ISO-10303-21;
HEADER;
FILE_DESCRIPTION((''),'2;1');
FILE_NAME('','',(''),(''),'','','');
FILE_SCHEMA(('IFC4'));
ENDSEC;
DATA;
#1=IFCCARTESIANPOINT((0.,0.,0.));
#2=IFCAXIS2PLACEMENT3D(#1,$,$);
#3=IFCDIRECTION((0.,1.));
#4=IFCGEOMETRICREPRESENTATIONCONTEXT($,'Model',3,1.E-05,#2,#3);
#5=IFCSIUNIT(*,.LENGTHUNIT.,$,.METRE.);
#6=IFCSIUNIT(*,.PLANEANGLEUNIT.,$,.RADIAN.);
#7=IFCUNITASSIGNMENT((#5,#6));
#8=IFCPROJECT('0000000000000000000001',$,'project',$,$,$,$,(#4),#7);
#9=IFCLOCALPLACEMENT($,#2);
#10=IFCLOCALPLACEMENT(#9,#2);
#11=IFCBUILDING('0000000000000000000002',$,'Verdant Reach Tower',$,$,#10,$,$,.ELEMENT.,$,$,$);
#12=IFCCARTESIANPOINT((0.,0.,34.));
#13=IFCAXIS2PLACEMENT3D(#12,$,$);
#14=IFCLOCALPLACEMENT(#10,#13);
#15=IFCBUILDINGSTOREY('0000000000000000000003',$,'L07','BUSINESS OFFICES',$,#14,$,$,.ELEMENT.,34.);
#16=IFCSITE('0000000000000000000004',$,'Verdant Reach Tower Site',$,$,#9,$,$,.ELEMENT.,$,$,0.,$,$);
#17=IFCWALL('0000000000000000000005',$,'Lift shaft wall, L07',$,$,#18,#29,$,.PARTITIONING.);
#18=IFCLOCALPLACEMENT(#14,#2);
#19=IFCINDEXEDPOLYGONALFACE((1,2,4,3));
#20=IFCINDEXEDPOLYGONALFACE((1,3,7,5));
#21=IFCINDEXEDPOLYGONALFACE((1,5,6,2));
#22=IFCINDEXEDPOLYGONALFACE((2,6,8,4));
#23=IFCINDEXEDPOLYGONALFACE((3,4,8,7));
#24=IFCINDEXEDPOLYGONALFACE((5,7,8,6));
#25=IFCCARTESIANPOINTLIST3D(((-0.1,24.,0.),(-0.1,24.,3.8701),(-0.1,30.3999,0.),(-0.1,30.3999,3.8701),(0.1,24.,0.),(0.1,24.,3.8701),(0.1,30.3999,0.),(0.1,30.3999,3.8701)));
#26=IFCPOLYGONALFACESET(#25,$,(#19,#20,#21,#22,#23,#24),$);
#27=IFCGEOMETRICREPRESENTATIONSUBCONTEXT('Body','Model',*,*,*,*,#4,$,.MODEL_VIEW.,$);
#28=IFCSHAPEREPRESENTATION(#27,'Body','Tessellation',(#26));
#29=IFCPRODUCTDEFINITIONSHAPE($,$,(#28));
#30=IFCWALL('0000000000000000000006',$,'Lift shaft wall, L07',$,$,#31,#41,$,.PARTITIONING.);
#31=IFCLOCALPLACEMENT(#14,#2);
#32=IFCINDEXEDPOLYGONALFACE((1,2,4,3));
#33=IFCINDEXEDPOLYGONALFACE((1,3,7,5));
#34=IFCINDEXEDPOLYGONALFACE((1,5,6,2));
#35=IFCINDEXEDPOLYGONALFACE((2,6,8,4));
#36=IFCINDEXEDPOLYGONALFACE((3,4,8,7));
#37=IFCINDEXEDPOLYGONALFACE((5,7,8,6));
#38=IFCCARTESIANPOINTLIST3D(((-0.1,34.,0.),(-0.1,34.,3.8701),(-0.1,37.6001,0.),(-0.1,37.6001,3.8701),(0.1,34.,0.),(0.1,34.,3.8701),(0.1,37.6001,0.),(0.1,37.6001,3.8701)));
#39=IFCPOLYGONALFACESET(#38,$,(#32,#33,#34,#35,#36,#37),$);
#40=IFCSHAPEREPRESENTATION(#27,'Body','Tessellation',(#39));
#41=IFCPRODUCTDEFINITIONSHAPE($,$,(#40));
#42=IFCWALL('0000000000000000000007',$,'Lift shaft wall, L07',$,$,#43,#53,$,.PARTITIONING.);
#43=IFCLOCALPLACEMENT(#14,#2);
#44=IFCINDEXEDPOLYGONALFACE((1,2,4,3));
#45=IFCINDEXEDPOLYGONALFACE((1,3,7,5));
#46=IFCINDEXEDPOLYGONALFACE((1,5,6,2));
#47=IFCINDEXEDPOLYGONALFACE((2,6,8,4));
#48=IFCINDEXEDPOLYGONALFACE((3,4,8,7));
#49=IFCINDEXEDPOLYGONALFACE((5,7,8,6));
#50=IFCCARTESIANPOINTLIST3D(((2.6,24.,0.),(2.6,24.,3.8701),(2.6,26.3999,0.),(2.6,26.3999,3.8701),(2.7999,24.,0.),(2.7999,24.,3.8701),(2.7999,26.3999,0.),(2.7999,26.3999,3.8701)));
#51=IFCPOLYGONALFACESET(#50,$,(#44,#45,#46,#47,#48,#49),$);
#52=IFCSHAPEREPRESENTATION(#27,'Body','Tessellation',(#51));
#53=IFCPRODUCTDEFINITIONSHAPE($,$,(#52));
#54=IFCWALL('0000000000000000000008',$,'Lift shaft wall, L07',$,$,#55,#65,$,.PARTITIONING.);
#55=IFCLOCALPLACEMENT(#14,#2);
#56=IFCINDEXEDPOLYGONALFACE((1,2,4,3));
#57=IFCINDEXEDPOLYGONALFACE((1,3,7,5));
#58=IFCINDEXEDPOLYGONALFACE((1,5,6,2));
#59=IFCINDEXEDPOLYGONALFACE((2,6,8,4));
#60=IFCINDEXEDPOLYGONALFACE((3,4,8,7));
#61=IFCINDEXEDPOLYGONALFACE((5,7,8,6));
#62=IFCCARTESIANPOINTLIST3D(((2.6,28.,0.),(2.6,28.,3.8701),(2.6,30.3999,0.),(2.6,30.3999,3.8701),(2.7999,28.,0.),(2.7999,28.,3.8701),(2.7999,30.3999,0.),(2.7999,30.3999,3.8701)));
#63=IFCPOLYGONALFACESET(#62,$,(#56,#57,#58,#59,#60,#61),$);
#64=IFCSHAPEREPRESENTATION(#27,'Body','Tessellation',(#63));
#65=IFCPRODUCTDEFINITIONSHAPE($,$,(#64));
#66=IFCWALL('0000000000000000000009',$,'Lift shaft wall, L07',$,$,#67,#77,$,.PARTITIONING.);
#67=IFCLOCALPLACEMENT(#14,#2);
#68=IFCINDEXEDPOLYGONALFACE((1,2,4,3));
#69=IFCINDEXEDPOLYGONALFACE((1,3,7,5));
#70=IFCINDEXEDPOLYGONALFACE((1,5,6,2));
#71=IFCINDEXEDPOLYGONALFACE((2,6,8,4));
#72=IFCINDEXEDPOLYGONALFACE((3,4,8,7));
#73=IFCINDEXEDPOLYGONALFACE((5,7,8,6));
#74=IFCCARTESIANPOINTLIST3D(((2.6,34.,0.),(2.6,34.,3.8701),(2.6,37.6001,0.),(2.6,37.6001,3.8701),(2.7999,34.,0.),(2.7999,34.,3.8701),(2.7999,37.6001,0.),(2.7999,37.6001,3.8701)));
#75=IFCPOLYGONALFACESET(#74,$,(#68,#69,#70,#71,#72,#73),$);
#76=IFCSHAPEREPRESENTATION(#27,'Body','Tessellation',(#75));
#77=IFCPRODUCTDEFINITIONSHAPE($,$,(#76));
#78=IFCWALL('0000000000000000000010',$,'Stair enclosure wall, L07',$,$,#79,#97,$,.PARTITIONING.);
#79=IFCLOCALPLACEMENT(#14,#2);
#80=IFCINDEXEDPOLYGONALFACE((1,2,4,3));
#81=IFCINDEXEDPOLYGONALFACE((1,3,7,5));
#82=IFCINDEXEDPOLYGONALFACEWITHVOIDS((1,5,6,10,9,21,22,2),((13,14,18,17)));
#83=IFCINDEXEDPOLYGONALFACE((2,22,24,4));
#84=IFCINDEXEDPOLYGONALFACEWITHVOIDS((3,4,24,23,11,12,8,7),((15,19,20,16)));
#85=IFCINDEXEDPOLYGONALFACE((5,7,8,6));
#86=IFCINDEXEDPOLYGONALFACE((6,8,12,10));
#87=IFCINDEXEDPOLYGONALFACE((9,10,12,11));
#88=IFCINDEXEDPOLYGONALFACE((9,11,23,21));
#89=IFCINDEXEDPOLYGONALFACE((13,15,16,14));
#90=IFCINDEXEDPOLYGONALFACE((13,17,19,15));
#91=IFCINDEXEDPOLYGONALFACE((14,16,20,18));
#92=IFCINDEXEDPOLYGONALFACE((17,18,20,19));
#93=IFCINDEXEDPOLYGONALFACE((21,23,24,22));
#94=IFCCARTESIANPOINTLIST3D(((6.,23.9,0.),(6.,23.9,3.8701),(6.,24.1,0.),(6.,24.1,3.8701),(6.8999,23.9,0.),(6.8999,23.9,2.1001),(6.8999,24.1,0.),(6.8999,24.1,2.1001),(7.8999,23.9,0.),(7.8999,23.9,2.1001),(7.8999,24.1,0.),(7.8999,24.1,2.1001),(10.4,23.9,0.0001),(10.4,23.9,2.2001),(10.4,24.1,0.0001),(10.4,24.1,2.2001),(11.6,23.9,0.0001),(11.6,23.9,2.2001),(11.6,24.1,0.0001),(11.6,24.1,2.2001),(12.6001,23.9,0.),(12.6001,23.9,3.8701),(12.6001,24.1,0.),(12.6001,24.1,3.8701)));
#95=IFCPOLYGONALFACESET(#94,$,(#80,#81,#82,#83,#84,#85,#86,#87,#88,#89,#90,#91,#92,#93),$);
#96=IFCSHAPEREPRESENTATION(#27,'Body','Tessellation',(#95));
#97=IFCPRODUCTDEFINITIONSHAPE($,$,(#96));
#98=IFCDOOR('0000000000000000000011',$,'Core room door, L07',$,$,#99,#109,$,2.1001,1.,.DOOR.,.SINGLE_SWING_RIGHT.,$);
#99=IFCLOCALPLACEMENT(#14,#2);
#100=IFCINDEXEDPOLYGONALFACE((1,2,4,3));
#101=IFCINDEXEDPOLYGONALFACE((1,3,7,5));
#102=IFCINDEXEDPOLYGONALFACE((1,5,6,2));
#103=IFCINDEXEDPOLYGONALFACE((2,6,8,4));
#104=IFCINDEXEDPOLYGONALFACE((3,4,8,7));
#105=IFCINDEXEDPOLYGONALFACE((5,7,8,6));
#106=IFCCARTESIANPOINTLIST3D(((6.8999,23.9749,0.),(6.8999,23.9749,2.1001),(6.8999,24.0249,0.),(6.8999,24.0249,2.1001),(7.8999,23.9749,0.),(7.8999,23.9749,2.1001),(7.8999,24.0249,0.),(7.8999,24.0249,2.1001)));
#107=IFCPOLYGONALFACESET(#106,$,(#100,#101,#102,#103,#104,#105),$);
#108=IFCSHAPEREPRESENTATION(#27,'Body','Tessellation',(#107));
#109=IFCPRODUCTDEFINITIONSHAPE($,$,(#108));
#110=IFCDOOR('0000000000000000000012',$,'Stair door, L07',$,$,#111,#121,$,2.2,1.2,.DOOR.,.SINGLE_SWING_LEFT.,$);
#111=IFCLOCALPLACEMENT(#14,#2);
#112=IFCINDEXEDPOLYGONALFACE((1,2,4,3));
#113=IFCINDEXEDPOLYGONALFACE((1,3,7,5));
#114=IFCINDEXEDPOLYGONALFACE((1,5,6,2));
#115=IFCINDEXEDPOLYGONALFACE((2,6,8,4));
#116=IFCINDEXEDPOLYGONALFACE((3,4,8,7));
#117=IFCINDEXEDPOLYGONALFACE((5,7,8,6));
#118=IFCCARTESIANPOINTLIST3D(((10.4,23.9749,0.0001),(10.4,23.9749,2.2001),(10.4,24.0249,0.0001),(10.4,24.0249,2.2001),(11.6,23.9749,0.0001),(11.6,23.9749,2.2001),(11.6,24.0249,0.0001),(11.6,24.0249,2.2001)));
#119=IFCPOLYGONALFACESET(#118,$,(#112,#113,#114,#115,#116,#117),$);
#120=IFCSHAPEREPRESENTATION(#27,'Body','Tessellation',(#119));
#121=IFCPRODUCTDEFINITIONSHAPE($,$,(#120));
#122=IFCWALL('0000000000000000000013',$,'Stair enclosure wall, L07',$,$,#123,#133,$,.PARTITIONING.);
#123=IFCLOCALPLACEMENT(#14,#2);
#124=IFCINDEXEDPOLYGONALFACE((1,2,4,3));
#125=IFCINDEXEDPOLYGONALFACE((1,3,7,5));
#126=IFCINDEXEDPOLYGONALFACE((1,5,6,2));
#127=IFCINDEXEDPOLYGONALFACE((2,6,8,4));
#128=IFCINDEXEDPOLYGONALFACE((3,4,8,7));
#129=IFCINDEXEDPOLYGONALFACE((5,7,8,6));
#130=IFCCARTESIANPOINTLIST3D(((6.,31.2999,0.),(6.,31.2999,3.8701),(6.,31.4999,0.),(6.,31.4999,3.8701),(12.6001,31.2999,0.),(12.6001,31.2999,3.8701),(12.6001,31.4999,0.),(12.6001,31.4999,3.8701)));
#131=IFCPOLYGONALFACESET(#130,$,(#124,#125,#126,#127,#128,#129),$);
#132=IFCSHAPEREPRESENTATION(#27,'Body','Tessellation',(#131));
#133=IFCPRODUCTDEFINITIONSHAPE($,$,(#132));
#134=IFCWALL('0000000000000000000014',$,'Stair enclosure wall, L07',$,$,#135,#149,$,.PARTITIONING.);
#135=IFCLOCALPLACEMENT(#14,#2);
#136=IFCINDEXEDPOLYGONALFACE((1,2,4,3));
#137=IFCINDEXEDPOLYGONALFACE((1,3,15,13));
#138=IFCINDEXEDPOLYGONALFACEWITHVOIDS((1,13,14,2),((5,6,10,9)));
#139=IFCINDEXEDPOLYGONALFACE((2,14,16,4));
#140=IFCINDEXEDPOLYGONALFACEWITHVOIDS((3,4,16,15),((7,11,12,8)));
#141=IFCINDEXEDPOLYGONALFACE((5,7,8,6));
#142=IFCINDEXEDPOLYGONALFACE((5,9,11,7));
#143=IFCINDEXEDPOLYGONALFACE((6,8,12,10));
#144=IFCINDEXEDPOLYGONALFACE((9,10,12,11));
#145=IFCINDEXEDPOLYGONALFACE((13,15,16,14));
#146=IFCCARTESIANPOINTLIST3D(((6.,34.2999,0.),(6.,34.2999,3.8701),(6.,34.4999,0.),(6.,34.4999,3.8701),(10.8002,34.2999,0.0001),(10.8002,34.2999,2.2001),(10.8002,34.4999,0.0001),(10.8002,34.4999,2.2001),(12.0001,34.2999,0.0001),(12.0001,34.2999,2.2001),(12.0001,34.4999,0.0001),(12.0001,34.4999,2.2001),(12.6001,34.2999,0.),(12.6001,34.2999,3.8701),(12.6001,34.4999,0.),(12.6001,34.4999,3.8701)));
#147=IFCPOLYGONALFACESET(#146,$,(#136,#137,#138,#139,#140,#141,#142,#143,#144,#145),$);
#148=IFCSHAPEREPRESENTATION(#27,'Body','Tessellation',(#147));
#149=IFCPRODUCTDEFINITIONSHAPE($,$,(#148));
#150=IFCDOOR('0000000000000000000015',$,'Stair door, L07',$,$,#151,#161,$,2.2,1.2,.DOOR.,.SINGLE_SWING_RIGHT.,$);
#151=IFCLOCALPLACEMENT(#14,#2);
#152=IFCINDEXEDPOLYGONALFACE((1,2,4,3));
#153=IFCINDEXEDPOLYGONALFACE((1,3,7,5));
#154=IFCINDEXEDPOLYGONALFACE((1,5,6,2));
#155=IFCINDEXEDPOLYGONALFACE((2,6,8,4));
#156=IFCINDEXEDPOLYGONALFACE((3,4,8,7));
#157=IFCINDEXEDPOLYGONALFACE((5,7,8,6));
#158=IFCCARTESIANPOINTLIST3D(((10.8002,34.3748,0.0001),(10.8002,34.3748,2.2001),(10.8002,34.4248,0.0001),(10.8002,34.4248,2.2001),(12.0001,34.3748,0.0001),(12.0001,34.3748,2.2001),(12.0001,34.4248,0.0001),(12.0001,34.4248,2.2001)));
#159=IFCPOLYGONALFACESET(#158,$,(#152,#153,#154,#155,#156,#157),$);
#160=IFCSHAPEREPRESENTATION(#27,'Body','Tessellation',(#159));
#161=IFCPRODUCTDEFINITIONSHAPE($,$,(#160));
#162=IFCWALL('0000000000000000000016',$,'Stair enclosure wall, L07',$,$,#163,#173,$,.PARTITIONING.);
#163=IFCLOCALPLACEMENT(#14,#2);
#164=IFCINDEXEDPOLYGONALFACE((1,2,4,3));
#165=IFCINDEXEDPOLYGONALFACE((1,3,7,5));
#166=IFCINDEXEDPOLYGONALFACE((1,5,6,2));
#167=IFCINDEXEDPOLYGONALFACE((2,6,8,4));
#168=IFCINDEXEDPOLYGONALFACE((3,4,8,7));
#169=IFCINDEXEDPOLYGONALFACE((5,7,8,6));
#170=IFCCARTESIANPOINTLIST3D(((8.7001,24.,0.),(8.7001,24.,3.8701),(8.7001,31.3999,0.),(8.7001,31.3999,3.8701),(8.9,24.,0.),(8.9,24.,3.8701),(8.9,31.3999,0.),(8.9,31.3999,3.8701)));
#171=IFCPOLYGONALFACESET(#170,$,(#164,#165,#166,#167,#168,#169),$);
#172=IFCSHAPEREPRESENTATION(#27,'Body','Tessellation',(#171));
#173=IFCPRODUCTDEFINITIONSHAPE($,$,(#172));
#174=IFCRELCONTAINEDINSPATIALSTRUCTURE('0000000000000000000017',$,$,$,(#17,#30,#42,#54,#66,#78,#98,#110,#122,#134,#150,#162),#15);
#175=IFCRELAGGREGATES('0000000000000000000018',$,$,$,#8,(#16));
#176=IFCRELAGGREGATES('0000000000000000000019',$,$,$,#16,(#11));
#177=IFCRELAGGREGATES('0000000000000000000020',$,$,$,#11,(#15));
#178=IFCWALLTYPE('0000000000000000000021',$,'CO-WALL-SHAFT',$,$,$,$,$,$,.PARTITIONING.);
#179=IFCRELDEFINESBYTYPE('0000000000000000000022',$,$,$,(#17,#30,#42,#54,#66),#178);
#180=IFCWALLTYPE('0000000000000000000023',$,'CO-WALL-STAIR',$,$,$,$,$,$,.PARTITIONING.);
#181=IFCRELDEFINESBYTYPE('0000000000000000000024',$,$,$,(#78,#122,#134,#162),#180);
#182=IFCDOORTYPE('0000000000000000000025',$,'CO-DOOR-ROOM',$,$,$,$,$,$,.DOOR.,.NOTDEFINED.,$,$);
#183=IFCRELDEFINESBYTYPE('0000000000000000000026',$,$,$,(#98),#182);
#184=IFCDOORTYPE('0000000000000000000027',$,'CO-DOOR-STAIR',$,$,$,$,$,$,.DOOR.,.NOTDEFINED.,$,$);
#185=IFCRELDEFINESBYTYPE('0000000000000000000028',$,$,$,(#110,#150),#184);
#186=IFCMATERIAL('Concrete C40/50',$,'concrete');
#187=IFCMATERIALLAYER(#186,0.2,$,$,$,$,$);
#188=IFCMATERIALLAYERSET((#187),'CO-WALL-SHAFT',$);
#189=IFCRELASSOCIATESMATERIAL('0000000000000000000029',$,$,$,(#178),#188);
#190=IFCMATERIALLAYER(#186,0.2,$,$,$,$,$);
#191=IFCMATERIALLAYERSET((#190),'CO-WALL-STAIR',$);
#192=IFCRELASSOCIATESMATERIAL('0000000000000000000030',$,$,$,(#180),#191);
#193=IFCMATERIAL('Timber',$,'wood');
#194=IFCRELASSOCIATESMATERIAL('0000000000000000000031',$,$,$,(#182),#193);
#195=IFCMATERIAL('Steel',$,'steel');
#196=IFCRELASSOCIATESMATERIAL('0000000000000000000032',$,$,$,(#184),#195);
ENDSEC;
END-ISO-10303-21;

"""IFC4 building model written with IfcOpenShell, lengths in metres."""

from ifc_helpers import new_model, si_unit, direction, frame, frame_2d, origin, place, context, subcontext, project, spatial, rectangle, extrude, material, layer, layer_set, type_object, element, fill, save


model = new_model("IFC4")

# Units and contexts
model_context = context("Model", 3, precision=1e-05, world=origin(), true_north=direction((0.0, 1.0)))
body_context = subcontext(model_context, "Body", "Model", "MODEL_VIEW")
ifc_project = project(units=[si_unit("LENGTHUNIT", "METRE"), si_unit("PLANEANGLEUNIT", "RADIAN")], contexts=[model_context])

# Site, building, storey
site_placement = place(None, origin())
site = spatial("IfcSite", under=ifc_project, at=site_placement, Name="Verdant Reach Tower Site", CompositionType="ELEMENT", RefElevation=0.0)
building_placement = place(site_placement, origin())
building = spatial("IfcBuilding", under=site, at=building_placement, Name="Verdant Reach Tower", CompositionType="ELEMENT")
storey_placement = place(building_placement, frame((0.0, 0.0, 34.0)))
storey = spatial("IfcBuildingStorey", under=building, at=storey_placement, Name="L07", Description="BUSINESS OFFICES", CompositionType="ELEMENT", Elevation=34.0)

# Walls
ifc_material_1 = material(Name="Concrete C40/50", Category="concrete")
ifc_layer_1 = layer(ifc_material_1, 0.2)
ifc_layer_set_1 = layer_set([ifc_layer_1], Name="CO-WALL-SHAFT")
wall_type_1 = type_object("IfcWallType", Name="CO-WALL-SHAFT", PredefinedType="PARTITIONING", material=ifc_layer_set_1)
wall_1_placement = place(storey_placement, frame((0.0, 24.0, 0.0), z_axis=(0.0, 0.0, 1.0), x_axis=(0.0, 1.0, 0.0)))
element("IfcWall", 1, at=wall_1_placement, inside=storey, type_object=wall_type_1, Name="Lift shaft wall, L07", PredefinedType="PARTITIONING", context=body_context, shape_type="SweptSolid", body=[
    extrude(rectangle(XDim=6.3999, YDim=0.2, at=frame_2d((3.2, 0.0))), origin(), (0.0, 0.0, 1.0), 3.8701),
])
wall_2_placement = place(storey_placement, frame((0.0, 34.0, 0.0), z_axis=(0.0, 0.0, 1.0), x_axis=(0.0, 1.0, 0.0)))
element("IfcWall", 2, at=wall_2_placement, inside=storey, type_object=wall_type_1, Name="Lift shaft wall, L07", PredefinedType="PARTITIONING", context=body_context, shape_type="SweptSolid", body=[
    extrude(rectangle(XDim=3.6001, YDim=0.2, at=frame_2d((1.8, 0.0))), origin(), (0.0, 0.0, 1.0), 3.8701),
])
for number, where, z_axis, x_axis, name in (
    (3, (2.7, 24.0, 0.0), (0.0, 0.0, 1.0), (0.0, 1.0, 0.0), "Lift shaft wall, L07"),
    (4, (2.7, 28.0, 0.0), (0.0, 0.0, 1.0), (0.0, 1.0, 0.0), "Lift shaft wall, L07"),
):
    element("IfcWall", number, at=place(storey_placement, frame(where, z_axis=z_axis, x_axis=x_axis)), inside=storey, type_object=wall_type_1, Name=name, PredefinedType="PARTITIONING", context=body_context, shape_type="SweptSolid", body=[
        extrude(rectangle(XDim=2.3999, YDim=0.2, at=frame_2d((1.2, 0.0))), origin(), (0.0, 0.0, 1.0), 3.8701),
    ])
wall_3_placement = place(storey_placement, frame((2.7, 34.0, 0.0), z_axis=(0.0, 0.0, 1.0), x_axis=(0.0, 1.0, 0.0)))
element("IfcWall", 5, at=wall_3_placement, inside=storey, type_object=wall_type_1, Name="Lift shaft wall, L07", PredefinedType="PARTITIONING", context=body_context, shape_type="SweptSolid", body=[
    extrude(rectangle(XDim=3.6001, YDim=0.2, at=frame_2d((1.8, 0.0))), origin(), (0.0, 0.0, 1.0), 3.8701),
])

# Wall, openings, doors
ifc_layer_2 = layer(ifc_material_1, 0.2)
ifc_layer_set_2 = layer_set([ifc_layer_2], Name="CO-WALL-STAIR")
wall_type_2 = type_object("IfcWallType", Name="CO-WALL-STAIR", PredefinedType="PARTITIONING", material=ifc_layer_set_2)
wall_4_placement = place(storey_placement, frame((6.0, 24.0, 0.0), z_axis=(0.0, 0.0, 1.0), x_axis=(1.0, 0.0, 0.0)))
wall_4 = element("IfcWall", 6, at=wall_4_placement, inside=storey, type_object=wall_type_2, Name="Stair enclosure wall, L07", PredefinedType="PARTITIONING", context=body_context, shape_type="SweptSolid", body=[
    extrude(rectangle(XDim=6.6001, YDim=0.2, at=frame_2d((3.3, 0.0))), origin(), (0.0, 0.0, 1.0), 3.8701),
])
opening_1_placement = place(wall_4_placement, frame((0.8999, 0.0, 0.0)))
opening_1 = element("IfcOpeningElement", 7, at=opening_1_placement, cuts=wall_4, PredefinedType="OPENING", context=body_context, shape_type="SweptSolid", body=[
    extrude(rectangle(XDim=1.0, YDim=2.1001, at=frame_2d((0.5, 1.05))), frame((0.0, 0.1099, 0.0), z_axis=(0.0, -1.0, 0.0), x_axis=(1.0, 0.0, 0.0)), (0.0, 0.0, 1.0), 0.22),
])
opening_2_placement = place(wall_4_placement, frame((4.3999, 0.0, 0.0)))
opening_2 = element("IfcOpeningElement", 8, at=opening_2_placement, cuts=wall_4, PredefinedType="OPENING", context=body_context, shape_type="SweptSolid", body=[
    extrude(rectangle(XDim=1.2, YDim=2.2, at=frame_2d((0.6001, 1.1001))), frame((0.0, 0.1099, 0.0), z_axis=(0.0, -1.0, 0.0), x_axis=(1.0, 0.0, 0.0)), (0.0, 0.0, 1.0), 0.22),
])
ifc_material_2 = material(Name="Timber", Category="wood")
door_type_1 = type_object("IfcDoorType", Name="CO-DOOR-ROOM", OperationType="NOTDEFINED", PredefinedType="DOOR", material=ifc_material_2)
door_1_placement = place(opening_1_placement, origin())
door_1 = element("IfcDoor", 9, at=door_1_placement, inside=storey, type_object=door_type_1, Name="Core room door, L07", OperationType="SINGLE_SWING_RIGHT", OverallHeight=2.1001, OverallWidth=1.0, PredefinedType="DOOR", context=body_context, shape_type="SweptSolid", body=[
    extrude(rectangle(XDim=1.0, YDim=2.1001, at=frame_2d((0.5, 1.05))), frame((0.0, 0.0249, 0.0), z_axis=(0.0, -1.0, 0.0), x_axis=(1.0, 0.0, 0.0)), (0.0, 0.0, 1.0), 0.05),
])
fill(opening_1, door_1)
ifc_material_3 = material(Name="Steel", Category="steel")
door_type_2 = type_object("IfcDoorType", Name="CO-DOOR-STAIR", OperationType="NOTDEFINED", PredefinedType="DOOR", material=ifc_material_3)
door_2_placement = place(opening_2_placement, origin())
door_2 = element("IfcDoor", 10, at=door_2_placement, inside=storey, type_object=door_type_2, Name="Stair door, L07", OperationType="SINGLE_SWING_LEFT", OverallHeight=2.2, OverallWidth=1.2, PredefinedType="DOOR", context=body_context, shape_type="SweptSolid", body=[
    extrude(rectangle(XDim=1.2, YDim=2.2, at=frame_2d((0.6001, 1.1001))), frame((0.0, 0.0249, 0.0), z_axis=(0.0, -1.0, 0.0), x_axis=(1.0, 0.0, 0.0)), (0.0, 0.0, 1.0), 0.05),
])
fill(opening_2, door_2)

# Wall
wall_5_placement = place(storey_placement, frame((6.0, 31.3999, 0.0), z_axis=(0.0, 0.0, 1.0), x_axis=(1.0, 0.0, 0.0)))
element("IfcWall", 11, at=wall_5_placement, inside=storey, type_object=wall_type_2, Name="Stair enclosure wall, L07", PredefinedType="PARTITIONING", context=body_context, shape_type="SweptSolid", body=[
    extrude(rectangle(XDim=6.6001, YDim=0.2, at=frame_2d((3.3, 0.0))), origin(), (0.0, 0.0, 1.0), 3.8701),
])

# Wall, opening, door
wall_6_placement = place(storey_placement, frame((6.0, 34.3999, 0.0), z_axis=(0.0, 0.0, 1.0), x_axis=(1.0, 0.0, 0.0)))
wall_6 = element("IfcWall", 12, at=wall_6_placement, inside=storey, type_object=wall_type_2, Name="Stair enclosure wall, L07", PredefinedType="PARTITIONING", context=body_context, shape_type="SweptSolid", body=[
    extrude(rectangle(XDim=6.6001, YDim=0.2, at=frame_2d((3.3, 0.0))), origin(), (0.0, 0.0, 1.0), 3.8701),
])
opening_3_placement = place(wall_6_placement, frame((4.8, 0.0, 0.0)))
opening_3 = element("IfcOpeningElement", 13, at=opening_3_placement, cuts=wall_6, PredefinedType="OPENING", context=body_context, shape_type="SweptSolid", body=[
    extrude(rectangle(XDim=1.2, YDim=2.2, at=frame_2d((0.6001, 1.1001))), frame((0.0, 0.1099, 0.0), z_axis=(0.0, -1.0, 0.0), x_axis=(1.0, 0.0, 0.0)), (0.0, 0.0, 1.0), 0.22),
])
door_3_placement = place(opening_3_placement, origin())
door_3 = element("IfcDoor", 14, at=door_3_placement, inside=storey, type_object=door_type_2, Name="Stair door, L07", OperationType="SINGLE_SWING_RIGHT", OverallHeight=2.2, OverallWidth=1.2, PredefinedType="DOOR", context=body_context, shape_type="SweptSolid", body=[
    extrude(rectangle(XDim=1.2, YDim=2.2, at=frame_2d((0.6001, 1.1001))), frame((0.0, 0.0249, 0.0), z_axis=(0.0, -1.0, 0.0), x_axis=(1.0, 0.0, 0.0)), (0.0, 0.0, 1.0), 0.05),
])
fill(opening_3, door_3)

# Wall
wall_7_placement = place(storey_placement, frame((8.8, 24.0, 0.0), z_axis=(0.0, 0.0, 1.0), x_axis=(0.0, 1.0, 0.0)))
element("IfcWall", 15, at=wall_7_placement, inside=storey, type_object=wall_type_2, Name="Stair enclosure wall, L07", PredefinedType="PARTITIONING", context=body_context, shape_type="SweptSolid", body=[
    extrude(rectangle(XDim=7.3999, YDim=0.2, at=frame_2d((3.7, 0.0))), origin(), (0.0, 0.0, 1.0), 3.8701),
])

save(model, "model.ifc")
